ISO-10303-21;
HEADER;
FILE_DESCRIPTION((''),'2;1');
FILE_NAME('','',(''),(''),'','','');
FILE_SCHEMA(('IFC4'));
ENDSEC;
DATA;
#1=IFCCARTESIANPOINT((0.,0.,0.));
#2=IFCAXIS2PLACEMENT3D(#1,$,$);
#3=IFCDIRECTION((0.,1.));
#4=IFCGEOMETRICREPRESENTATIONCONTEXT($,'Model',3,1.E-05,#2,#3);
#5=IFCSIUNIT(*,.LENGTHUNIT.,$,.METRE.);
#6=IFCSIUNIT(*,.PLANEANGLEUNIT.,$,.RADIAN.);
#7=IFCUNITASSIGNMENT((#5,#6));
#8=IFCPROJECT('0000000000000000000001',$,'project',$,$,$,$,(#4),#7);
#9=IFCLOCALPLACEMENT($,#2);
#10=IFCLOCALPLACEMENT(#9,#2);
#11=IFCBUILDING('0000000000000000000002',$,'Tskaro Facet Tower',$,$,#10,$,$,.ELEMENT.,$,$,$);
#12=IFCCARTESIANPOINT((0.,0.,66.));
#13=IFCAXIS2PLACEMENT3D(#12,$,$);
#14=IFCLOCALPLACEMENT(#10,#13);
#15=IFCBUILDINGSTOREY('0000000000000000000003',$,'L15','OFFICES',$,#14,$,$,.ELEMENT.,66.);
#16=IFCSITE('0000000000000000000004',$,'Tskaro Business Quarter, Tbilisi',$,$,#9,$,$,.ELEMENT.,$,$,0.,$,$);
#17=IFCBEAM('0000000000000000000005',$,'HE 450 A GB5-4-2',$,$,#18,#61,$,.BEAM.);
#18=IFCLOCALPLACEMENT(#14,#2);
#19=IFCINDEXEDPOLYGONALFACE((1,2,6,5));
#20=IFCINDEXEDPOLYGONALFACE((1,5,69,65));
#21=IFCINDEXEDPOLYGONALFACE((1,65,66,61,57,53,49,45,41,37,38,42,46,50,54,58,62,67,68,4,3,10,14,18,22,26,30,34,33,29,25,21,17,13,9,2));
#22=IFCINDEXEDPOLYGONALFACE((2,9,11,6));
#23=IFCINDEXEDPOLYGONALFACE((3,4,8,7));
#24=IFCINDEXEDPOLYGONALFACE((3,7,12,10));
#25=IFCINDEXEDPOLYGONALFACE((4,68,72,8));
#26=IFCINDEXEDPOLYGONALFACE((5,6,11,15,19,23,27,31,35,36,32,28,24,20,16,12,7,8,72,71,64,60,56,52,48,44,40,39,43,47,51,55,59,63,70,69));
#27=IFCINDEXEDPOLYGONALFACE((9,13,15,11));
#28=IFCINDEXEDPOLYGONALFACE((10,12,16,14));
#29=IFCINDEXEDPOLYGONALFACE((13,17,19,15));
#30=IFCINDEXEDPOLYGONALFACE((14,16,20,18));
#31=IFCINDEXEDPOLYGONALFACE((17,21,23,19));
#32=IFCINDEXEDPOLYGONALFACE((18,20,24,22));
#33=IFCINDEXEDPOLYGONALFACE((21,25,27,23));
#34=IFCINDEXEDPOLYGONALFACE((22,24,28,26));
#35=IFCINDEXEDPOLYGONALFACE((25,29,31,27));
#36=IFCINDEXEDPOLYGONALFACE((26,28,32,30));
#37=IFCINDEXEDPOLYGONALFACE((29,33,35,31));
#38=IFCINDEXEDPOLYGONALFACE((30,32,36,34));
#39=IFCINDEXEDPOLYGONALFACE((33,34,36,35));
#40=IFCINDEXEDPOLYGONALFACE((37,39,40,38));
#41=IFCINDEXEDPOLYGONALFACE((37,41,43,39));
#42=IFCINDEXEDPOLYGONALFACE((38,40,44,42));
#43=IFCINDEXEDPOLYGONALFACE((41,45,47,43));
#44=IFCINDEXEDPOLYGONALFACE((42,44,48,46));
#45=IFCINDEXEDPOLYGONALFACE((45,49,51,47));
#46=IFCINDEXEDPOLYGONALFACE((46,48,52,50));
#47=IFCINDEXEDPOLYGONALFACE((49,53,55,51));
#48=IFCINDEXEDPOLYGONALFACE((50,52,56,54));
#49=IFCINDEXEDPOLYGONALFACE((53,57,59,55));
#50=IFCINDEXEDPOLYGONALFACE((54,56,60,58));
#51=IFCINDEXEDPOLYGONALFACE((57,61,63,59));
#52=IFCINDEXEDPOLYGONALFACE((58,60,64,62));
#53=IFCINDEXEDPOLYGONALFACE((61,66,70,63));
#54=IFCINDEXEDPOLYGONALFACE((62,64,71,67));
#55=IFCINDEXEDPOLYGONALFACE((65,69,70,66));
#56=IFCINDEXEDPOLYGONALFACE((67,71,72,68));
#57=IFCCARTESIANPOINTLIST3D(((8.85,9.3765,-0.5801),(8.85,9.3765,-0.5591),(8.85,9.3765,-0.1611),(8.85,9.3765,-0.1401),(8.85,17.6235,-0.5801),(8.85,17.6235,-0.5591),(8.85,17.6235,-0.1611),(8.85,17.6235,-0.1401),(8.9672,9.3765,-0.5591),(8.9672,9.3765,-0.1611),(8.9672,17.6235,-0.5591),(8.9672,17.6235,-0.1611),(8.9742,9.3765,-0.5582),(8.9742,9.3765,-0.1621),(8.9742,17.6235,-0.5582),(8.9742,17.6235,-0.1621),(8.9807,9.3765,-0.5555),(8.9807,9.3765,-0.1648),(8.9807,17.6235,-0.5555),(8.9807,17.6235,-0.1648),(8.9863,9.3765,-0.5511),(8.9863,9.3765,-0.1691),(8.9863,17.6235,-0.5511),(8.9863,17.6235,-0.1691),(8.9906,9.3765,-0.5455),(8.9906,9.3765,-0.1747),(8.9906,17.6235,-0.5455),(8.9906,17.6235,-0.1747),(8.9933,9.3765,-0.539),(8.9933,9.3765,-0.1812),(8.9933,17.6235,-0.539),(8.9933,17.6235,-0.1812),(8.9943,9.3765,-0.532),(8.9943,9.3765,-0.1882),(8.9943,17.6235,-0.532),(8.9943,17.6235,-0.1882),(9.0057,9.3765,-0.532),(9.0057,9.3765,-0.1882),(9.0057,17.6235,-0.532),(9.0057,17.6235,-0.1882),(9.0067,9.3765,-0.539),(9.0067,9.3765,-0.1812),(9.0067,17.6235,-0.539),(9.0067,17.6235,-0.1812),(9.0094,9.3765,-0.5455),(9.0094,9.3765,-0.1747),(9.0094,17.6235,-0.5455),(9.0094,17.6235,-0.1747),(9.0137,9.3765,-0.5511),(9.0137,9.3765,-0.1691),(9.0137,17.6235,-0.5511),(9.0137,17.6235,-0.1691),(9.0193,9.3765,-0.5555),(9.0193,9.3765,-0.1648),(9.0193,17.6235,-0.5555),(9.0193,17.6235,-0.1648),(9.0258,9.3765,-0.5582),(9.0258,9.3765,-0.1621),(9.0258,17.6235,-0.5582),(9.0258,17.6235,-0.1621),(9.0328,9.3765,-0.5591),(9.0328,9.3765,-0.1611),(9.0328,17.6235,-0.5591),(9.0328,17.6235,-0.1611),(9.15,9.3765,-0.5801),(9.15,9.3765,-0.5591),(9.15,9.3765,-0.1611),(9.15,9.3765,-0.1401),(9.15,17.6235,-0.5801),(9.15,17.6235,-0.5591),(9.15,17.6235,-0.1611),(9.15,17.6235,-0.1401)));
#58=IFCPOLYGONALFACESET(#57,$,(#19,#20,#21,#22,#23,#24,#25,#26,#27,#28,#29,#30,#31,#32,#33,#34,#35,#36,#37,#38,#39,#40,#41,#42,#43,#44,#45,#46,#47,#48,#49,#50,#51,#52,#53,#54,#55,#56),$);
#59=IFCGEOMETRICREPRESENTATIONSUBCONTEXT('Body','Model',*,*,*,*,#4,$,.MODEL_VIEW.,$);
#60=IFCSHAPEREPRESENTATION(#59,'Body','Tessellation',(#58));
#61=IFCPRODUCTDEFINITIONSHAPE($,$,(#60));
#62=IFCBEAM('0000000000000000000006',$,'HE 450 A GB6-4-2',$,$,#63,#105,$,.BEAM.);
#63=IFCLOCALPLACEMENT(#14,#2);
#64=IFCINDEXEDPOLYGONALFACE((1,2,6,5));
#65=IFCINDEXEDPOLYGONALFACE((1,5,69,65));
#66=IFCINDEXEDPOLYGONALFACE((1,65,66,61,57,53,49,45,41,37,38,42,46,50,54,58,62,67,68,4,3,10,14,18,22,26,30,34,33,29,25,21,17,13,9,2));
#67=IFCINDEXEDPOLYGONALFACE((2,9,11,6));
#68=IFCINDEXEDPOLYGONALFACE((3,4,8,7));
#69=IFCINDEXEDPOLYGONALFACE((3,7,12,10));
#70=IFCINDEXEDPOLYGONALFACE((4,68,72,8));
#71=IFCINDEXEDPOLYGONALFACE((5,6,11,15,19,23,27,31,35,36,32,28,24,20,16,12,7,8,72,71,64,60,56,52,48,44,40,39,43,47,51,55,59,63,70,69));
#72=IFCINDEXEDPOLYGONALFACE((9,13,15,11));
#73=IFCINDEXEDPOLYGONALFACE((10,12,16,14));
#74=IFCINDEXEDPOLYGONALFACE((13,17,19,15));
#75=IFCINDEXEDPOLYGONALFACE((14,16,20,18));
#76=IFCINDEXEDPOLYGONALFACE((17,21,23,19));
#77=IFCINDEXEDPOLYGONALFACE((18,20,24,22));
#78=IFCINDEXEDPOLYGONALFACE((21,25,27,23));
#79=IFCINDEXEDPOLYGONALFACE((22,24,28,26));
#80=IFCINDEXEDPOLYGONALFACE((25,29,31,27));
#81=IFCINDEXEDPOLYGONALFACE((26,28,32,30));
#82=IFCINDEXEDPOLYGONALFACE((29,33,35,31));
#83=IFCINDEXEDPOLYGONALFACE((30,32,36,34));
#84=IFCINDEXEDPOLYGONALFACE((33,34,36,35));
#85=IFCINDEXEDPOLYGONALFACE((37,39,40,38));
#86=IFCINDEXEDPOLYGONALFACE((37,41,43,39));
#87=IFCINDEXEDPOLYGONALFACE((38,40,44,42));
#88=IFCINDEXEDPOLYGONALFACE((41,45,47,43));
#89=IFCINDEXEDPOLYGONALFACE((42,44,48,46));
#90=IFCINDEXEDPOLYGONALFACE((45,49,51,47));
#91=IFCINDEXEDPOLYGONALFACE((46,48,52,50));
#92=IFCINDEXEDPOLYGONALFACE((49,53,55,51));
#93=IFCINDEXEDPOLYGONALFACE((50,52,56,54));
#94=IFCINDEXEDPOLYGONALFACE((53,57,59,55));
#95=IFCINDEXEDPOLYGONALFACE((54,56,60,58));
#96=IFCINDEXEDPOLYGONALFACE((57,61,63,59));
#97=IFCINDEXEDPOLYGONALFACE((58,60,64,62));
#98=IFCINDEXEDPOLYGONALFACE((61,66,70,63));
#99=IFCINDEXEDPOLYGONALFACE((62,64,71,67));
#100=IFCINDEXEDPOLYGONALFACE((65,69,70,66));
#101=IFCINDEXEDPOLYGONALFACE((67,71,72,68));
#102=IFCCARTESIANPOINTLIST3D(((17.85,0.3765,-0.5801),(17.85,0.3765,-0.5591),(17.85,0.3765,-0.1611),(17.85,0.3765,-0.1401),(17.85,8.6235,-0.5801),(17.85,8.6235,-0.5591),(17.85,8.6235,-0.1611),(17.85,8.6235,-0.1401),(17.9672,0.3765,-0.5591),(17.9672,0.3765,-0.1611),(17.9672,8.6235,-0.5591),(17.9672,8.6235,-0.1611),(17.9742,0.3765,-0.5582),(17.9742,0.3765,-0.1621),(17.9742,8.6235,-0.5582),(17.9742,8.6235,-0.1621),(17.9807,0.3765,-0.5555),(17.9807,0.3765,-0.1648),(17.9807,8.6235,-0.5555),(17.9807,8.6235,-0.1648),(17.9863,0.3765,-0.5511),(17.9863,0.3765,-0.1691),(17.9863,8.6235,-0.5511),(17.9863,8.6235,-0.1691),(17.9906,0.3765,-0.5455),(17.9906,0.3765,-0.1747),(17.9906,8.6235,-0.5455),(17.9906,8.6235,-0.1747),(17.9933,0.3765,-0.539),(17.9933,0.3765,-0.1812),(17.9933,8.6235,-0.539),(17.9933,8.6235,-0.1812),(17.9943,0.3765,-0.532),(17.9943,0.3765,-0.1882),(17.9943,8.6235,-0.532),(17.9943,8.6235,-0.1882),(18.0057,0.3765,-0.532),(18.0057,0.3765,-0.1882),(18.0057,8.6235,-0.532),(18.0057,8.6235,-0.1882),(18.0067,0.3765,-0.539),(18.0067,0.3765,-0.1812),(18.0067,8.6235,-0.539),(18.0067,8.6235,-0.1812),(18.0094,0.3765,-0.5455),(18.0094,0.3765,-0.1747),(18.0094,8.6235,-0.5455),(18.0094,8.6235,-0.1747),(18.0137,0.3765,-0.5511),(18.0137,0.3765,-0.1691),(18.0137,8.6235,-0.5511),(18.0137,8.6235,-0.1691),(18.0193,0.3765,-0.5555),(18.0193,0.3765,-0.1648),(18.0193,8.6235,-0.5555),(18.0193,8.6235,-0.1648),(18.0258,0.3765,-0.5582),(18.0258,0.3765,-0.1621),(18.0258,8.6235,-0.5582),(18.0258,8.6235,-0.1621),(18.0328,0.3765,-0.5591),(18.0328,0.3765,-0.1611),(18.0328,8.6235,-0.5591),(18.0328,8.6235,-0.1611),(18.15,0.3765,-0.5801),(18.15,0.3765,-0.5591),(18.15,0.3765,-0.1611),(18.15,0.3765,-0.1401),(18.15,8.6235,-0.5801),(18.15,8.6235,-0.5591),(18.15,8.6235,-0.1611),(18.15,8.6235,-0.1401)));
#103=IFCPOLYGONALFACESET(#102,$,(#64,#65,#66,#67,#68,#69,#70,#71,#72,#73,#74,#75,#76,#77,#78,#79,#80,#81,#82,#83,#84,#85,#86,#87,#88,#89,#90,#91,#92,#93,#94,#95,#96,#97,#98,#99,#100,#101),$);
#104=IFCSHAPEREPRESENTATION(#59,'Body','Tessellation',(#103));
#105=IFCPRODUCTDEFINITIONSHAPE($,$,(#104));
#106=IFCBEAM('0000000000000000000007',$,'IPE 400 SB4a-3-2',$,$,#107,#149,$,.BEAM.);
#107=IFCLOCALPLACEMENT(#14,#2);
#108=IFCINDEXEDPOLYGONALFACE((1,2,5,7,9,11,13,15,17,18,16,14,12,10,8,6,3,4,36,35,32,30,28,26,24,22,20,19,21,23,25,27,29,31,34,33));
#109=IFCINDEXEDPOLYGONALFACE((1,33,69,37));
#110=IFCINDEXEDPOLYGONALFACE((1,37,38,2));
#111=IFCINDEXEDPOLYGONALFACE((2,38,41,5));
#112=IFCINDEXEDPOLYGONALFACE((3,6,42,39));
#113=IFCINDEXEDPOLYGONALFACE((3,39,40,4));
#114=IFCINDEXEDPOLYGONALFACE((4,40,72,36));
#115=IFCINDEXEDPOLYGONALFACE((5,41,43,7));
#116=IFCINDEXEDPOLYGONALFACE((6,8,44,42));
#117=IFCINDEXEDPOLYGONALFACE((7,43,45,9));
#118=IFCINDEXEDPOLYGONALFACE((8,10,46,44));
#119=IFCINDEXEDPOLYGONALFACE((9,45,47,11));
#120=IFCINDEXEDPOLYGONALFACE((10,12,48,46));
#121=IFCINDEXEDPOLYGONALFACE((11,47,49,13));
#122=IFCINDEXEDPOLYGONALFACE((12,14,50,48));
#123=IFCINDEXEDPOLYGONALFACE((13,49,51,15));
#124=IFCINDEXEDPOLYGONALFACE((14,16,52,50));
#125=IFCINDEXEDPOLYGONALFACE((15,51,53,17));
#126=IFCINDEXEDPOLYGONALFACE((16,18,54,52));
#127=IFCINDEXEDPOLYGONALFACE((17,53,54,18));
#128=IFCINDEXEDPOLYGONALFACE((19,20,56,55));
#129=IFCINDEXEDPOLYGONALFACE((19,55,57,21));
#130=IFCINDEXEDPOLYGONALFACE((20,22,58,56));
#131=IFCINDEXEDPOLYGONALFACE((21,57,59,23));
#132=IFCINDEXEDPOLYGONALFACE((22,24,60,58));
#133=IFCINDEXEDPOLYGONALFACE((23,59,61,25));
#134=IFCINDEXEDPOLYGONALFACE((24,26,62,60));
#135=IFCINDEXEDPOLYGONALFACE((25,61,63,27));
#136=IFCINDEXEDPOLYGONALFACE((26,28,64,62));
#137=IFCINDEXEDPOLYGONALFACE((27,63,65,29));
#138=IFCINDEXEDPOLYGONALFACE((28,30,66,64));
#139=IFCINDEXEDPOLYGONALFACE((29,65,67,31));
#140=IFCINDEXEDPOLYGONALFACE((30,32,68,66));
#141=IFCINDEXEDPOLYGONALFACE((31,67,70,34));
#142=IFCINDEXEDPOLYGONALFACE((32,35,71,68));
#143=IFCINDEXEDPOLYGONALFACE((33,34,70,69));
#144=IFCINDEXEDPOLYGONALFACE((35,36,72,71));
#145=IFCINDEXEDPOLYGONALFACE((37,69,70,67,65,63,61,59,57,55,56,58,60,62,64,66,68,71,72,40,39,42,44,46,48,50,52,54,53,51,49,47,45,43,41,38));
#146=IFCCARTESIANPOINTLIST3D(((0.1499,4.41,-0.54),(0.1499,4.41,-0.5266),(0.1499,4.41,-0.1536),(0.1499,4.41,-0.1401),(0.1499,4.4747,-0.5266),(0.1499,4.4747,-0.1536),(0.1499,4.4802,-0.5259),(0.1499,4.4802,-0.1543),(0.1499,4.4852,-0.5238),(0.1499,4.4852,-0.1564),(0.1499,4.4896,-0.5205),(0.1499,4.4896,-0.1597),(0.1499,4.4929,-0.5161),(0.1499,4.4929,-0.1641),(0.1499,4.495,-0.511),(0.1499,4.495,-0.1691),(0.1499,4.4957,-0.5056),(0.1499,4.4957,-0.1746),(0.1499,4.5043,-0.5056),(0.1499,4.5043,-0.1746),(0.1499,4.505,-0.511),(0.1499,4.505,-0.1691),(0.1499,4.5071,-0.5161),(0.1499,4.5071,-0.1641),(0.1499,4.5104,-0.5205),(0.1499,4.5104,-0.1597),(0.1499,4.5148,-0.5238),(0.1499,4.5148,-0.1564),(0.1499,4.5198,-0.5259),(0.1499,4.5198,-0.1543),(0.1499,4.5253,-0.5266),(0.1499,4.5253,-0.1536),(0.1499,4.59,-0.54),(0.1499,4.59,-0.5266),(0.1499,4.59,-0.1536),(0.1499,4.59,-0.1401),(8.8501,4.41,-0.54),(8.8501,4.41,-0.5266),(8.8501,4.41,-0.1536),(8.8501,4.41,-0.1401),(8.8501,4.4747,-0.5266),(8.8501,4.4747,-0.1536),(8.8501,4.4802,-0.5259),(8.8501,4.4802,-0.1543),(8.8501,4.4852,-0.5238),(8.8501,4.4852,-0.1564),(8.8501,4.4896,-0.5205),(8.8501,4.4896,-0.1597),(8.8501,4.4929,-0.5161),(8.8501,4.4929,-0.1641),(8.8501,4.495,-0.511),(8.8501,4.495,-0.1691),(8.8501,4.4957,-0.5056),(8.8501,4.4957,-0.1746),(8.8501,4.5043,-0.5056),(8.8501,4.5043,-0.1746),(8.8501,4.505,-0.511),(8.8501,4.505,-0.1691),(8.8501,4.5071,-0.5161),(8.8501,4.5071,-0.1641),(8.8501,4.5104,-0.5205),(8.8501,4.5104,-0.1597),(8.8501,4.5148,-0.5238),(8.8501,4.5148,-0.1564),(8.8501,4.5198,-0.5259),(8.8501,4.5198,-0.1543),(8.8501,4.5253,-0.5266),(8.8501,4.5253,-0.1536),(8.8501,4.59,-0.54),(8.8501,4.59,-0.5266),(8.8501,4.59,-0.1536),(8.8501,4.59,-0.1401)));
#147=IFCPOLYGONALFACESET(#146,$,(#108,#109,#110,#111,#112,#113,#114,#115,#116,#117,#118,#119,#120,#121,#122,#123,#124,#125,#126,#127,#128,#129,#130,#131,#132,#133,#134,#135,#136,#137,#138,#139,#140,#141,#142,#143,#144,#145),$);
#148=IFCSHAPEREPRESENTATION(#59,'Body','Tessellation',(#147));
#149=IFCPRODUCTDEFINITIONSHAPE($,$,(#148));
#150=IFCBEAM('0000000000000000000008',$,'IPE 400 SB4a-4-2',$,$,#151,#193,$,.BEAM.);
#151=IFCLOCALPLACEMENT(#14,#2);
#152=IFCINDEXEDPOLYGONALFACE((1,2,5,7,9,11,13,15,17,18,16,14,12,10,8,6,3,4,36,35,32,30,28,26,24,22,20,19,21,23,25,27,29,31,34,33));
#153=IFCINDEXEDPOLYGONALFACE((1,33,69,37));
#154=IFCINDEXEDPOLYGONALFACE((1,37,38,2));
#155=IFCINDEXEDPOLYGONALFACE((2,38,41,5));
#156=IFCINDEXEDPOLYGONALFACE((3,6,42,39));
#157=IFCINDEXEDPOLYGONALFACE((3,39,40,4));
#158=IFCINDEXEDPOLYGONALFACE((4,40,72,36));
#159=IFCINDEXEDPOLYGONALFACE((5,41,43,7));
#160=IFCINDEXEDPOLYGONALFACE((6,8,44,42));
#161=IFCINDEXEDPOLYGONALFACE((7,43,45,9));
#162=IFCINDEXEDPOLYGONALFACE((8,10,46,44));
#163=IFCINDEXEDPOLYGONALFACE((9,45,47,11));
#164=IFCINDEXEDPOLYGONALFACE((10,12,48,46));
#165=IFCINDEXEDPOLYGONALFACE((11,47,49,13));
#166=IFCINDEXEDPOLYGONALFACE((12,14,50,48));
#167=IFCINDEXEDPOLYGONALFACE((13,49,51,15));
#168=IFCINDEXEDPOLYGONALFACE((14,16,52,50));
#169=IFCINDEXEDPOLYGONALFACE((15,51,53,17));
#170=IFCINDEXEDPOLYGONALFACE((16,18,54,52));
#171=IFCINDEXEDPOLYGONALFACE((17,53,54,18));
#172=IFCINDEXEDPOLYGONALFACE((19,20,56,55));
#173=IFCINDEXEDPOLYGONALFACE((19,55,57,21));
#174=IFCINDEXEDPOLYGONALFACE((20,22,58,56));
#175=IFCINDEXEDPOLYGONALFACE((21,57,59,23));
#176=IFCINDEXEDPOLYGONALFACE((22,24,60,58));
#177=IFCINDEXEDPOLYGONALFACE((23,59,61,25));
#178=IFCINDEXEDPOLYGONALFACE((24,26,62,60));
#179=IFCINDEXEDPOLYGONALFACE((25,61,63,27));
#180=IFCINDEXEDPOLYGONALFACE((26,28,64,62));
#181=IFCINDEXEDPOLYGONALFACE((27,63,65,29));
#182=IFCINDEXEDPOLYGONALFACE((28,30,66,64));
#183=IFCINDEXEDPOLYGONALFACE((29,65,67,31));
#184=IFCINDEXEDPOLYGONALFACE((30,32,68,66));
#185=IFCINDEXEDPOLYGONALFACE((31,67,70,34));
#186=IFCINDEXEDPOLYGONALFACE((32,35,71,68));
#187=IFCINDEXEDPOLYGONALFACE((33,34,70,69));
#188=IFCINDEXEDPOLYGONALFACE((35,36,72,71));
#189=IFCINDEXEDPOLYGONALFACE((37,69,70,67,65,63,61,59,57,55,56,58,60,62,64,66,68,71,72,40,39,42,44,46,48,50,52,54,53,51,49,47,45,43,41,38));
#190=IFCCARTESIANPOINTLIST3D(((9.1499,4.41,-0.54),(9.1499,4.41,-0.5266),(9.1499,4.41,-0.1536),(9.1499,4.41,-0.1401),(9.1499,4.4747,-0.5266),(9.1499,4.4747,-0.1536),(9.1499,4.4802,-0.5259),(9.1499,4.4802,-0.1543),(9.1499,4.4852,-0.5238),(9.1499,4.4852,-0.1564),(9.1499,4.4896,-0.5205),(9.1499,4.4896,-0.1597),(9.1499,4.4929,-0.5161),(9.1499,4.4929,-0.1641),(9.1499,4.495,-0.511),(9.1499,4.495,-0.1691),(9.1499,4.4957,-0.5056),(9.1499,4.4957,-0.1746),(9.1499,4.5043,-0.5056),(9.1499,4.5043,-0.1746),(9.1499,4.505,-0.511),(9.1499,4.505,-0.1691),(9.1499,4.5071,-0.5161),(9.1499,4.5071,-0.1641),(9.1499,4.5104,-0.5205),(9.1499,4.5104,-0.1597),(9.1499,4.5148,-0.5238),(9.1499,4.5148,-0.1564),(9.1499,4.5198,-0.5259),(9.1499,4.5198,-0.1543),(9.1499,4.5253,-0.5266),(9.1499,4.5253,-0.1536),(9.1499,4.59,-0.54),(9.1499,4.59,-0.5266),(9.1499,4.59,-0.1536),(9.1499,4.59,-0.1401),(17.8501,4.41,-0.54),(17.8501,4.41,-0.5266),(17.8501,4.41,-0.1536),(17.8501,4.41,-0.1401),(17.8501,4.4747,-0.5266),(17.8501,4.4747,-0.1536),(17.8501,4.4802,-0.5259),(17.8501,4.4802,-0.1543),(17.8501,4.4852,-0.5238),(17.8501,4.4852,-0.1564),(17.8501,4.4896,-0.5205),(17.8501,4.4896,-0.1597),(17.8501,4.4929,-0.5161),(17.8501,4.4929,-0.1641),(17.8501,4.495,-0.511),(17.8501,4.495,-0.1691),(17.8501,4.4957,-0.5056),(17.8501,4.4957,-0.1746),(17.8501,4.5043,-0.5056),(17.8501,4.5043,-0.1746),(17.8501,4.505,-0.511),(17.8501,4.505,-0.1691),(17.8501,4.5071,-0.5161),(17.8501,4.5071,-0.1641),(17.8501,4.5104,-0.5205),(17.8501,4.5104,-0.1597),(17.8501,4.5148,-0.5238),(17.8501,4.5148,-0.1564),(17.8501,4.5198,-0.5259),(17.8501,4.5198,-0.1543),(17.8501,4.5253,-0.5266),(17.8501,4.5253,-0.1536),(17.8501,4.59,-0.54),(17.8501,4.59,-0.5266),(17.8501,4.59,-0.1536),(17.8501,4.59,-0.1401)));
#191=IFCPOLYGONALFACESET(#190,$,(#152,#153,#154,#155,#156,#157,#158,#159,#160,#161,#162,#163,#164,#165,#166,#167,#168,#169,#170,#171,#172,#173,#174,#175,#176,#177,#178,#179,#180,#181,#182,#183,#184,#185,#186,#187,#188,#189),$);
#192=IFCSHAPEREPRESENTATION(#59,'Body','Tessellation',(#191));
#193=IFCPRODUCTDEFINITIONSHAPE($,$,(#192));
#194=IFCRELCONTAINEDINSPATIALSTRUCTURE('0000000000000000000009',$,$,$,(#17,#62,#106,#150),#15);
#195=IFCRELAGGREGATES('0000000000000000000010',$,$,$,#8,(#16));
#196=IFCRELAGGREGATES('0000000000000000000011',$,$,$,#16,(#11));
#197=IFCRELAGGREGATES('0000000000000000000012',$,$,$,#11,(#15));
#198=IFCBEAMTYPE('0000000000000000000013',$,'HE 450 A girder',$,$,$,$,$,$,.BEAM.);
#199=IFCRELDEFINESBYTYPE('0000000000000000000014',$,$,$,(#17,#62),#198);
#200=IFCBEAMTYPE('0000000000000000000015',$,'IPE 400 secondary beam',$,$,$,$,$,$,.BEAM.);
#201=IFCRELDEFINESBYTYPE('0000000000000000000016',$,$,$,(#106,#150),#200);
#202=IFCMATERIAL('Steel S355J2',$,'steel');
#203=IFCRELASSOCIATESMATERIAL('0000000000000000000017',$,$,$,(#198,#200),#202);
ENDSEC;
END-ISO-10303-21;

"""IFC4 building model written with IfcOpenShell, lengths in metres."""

from ifc_helpers import new_model, si_unit, direction, frame, origin, origin_2d, place, context, subcontext, project, spatial, i_section, extrude, material, material_profile, profile_set, type_object, element, save


model = new_model("IFC4")

# Units and contexts
model_context = context("Model", 3, precision=1e-05, world=origin(), true_north=direction((0.0, 1.0)))
body_context = subcontext(model_context, "Body", "Model", "MODEL_VIEW")
ifc_project = project(units=[si_unit("LENGTHUNIT", "METRE"), si_unit("PLANEANGLEUNIT", "RADIAN")], contexts=[model_context])

# Site, building, storey
site_placement = place(None, origin())
site = spatial("IfcSite", under=ifc_project, at=site_placement, Name="Tskaro Business Quarter, Tbilisi", CompositionType="ELEMENT", RefElevation=0.0)
building_placement = place(site_placement, origin())
building = spatial("IfcBuilding", under=site, at=building_placement, Name="Tskaro Facet Tower", CompositionType="ELEMENT")
storey_placement = place(building_placement, frame((0.0, 0.0, 66.0)))
storey = spatial("IfcBuildingStorey", under=building, at=storey_placement, Name="L15", Description="OFFICES", CompositionType="ELEMENT", Elevation=66.0)

# Beams
ifc_material_1 = material(Name="Steel S355J2", Category="steel")
ifc_material_profile_1 = material_profile(ifc_material_1, i_section(OverallWidth=0.3, OverallDepth=0.4399, WebThickness=0.0115, FlangeThickness=0.021, FilletRadius=0.0271, at=origin_2d()), Name="HE 450 A")
ifc_profile_set_1 = profile_set([ifc_material_profile_1], Name="Steel S355J2")
beam_type_1 = type_object("IfcBeamType", Name="HE 450 A girder", PredefinedType="BEAM", material=ifc_profile_set_1)
for number, where, z_axis, x_axis, name in (
    (1, (9.0, 9.3765, -0.3601), (0.0, 1.0, 0.0), (-1.0, 0.0, 0.0), "HE 450 A GB5-4-2"),
    (2, (18.0, 0.3765, -0.3601), (0.0, 1.0, 0.0), (-1.0, 0.0, 0.0), "HE 450 A GB6-4-2"),
):
    element("IfcBeam", number, at=place(storey_placement, frame(where, z_axis=z_axis, x_axis=x_axis)), inside=storey, type_object=beam_type_1, Name=name, PredefinedType="BEAM", context=body_context, shape_type="SweptSolid", body=[
        extrude(i_section(OverallWidth=0.3, OverallDepth=0.4399, WebThickness=0.0115, FlangeThickness=0.021, FilletRadius=0.0271, at=origin_2d()), origin(), (0.0, 0.0, 1.0), 8.2471),
    ])
ifc_material_profile_2 = material_profile(ifc_material_1, i_section(OverallWidth=0.1799, OverallDepth=0.3999, WebThickness=0.0085, FlangeThickness=0.0134, FilletRadius=0.021, at=origin_2d()), Name="IPE 400")
ifc_profile_set_2 = profile_set([ifc_material_profile_2], Name="Steel S355J2")
beam_type_2 = type_object("IfcBeamType", Name="IPE 400 secondary beam", PredefinedType="BEAM", material=ifc_profile_set_2)
for number, where, z_axis, x_axis, name in (
    (3, (0.1499, 4.5, -0.3401), (1.0, 0.0, 0.0), (0.0, 1.0, 0.0), "IPE 400 SB4a-3-2"),
    (4, (9.1499, 4.5, -0.3401), (1.0, 0.0, 0.0), (0.0, 1.0, 0.0), "IPE 400 SB4a-4-2"),
):
    element("IfcBeam", number, at=place(storey_placement, frame(where, z_axis=z_axis, x_axis=x_axis)), inside=storey, type_object=beam_type_2, Name=name, PredefinedType="BEAM", context=body_context, shape_type="SweptSolid", body=[
        extrude(i_section(OverallWidth=0.1799, OverallDepth=0.3999, WebThickness=0.0085, FlangeThickness=0.0134, FilletRadius=0.021, at=origin_2d()), origin(), (0.0, 0.0, 1.0), 8.7002),
    ])

save(model, "model.ifc")
